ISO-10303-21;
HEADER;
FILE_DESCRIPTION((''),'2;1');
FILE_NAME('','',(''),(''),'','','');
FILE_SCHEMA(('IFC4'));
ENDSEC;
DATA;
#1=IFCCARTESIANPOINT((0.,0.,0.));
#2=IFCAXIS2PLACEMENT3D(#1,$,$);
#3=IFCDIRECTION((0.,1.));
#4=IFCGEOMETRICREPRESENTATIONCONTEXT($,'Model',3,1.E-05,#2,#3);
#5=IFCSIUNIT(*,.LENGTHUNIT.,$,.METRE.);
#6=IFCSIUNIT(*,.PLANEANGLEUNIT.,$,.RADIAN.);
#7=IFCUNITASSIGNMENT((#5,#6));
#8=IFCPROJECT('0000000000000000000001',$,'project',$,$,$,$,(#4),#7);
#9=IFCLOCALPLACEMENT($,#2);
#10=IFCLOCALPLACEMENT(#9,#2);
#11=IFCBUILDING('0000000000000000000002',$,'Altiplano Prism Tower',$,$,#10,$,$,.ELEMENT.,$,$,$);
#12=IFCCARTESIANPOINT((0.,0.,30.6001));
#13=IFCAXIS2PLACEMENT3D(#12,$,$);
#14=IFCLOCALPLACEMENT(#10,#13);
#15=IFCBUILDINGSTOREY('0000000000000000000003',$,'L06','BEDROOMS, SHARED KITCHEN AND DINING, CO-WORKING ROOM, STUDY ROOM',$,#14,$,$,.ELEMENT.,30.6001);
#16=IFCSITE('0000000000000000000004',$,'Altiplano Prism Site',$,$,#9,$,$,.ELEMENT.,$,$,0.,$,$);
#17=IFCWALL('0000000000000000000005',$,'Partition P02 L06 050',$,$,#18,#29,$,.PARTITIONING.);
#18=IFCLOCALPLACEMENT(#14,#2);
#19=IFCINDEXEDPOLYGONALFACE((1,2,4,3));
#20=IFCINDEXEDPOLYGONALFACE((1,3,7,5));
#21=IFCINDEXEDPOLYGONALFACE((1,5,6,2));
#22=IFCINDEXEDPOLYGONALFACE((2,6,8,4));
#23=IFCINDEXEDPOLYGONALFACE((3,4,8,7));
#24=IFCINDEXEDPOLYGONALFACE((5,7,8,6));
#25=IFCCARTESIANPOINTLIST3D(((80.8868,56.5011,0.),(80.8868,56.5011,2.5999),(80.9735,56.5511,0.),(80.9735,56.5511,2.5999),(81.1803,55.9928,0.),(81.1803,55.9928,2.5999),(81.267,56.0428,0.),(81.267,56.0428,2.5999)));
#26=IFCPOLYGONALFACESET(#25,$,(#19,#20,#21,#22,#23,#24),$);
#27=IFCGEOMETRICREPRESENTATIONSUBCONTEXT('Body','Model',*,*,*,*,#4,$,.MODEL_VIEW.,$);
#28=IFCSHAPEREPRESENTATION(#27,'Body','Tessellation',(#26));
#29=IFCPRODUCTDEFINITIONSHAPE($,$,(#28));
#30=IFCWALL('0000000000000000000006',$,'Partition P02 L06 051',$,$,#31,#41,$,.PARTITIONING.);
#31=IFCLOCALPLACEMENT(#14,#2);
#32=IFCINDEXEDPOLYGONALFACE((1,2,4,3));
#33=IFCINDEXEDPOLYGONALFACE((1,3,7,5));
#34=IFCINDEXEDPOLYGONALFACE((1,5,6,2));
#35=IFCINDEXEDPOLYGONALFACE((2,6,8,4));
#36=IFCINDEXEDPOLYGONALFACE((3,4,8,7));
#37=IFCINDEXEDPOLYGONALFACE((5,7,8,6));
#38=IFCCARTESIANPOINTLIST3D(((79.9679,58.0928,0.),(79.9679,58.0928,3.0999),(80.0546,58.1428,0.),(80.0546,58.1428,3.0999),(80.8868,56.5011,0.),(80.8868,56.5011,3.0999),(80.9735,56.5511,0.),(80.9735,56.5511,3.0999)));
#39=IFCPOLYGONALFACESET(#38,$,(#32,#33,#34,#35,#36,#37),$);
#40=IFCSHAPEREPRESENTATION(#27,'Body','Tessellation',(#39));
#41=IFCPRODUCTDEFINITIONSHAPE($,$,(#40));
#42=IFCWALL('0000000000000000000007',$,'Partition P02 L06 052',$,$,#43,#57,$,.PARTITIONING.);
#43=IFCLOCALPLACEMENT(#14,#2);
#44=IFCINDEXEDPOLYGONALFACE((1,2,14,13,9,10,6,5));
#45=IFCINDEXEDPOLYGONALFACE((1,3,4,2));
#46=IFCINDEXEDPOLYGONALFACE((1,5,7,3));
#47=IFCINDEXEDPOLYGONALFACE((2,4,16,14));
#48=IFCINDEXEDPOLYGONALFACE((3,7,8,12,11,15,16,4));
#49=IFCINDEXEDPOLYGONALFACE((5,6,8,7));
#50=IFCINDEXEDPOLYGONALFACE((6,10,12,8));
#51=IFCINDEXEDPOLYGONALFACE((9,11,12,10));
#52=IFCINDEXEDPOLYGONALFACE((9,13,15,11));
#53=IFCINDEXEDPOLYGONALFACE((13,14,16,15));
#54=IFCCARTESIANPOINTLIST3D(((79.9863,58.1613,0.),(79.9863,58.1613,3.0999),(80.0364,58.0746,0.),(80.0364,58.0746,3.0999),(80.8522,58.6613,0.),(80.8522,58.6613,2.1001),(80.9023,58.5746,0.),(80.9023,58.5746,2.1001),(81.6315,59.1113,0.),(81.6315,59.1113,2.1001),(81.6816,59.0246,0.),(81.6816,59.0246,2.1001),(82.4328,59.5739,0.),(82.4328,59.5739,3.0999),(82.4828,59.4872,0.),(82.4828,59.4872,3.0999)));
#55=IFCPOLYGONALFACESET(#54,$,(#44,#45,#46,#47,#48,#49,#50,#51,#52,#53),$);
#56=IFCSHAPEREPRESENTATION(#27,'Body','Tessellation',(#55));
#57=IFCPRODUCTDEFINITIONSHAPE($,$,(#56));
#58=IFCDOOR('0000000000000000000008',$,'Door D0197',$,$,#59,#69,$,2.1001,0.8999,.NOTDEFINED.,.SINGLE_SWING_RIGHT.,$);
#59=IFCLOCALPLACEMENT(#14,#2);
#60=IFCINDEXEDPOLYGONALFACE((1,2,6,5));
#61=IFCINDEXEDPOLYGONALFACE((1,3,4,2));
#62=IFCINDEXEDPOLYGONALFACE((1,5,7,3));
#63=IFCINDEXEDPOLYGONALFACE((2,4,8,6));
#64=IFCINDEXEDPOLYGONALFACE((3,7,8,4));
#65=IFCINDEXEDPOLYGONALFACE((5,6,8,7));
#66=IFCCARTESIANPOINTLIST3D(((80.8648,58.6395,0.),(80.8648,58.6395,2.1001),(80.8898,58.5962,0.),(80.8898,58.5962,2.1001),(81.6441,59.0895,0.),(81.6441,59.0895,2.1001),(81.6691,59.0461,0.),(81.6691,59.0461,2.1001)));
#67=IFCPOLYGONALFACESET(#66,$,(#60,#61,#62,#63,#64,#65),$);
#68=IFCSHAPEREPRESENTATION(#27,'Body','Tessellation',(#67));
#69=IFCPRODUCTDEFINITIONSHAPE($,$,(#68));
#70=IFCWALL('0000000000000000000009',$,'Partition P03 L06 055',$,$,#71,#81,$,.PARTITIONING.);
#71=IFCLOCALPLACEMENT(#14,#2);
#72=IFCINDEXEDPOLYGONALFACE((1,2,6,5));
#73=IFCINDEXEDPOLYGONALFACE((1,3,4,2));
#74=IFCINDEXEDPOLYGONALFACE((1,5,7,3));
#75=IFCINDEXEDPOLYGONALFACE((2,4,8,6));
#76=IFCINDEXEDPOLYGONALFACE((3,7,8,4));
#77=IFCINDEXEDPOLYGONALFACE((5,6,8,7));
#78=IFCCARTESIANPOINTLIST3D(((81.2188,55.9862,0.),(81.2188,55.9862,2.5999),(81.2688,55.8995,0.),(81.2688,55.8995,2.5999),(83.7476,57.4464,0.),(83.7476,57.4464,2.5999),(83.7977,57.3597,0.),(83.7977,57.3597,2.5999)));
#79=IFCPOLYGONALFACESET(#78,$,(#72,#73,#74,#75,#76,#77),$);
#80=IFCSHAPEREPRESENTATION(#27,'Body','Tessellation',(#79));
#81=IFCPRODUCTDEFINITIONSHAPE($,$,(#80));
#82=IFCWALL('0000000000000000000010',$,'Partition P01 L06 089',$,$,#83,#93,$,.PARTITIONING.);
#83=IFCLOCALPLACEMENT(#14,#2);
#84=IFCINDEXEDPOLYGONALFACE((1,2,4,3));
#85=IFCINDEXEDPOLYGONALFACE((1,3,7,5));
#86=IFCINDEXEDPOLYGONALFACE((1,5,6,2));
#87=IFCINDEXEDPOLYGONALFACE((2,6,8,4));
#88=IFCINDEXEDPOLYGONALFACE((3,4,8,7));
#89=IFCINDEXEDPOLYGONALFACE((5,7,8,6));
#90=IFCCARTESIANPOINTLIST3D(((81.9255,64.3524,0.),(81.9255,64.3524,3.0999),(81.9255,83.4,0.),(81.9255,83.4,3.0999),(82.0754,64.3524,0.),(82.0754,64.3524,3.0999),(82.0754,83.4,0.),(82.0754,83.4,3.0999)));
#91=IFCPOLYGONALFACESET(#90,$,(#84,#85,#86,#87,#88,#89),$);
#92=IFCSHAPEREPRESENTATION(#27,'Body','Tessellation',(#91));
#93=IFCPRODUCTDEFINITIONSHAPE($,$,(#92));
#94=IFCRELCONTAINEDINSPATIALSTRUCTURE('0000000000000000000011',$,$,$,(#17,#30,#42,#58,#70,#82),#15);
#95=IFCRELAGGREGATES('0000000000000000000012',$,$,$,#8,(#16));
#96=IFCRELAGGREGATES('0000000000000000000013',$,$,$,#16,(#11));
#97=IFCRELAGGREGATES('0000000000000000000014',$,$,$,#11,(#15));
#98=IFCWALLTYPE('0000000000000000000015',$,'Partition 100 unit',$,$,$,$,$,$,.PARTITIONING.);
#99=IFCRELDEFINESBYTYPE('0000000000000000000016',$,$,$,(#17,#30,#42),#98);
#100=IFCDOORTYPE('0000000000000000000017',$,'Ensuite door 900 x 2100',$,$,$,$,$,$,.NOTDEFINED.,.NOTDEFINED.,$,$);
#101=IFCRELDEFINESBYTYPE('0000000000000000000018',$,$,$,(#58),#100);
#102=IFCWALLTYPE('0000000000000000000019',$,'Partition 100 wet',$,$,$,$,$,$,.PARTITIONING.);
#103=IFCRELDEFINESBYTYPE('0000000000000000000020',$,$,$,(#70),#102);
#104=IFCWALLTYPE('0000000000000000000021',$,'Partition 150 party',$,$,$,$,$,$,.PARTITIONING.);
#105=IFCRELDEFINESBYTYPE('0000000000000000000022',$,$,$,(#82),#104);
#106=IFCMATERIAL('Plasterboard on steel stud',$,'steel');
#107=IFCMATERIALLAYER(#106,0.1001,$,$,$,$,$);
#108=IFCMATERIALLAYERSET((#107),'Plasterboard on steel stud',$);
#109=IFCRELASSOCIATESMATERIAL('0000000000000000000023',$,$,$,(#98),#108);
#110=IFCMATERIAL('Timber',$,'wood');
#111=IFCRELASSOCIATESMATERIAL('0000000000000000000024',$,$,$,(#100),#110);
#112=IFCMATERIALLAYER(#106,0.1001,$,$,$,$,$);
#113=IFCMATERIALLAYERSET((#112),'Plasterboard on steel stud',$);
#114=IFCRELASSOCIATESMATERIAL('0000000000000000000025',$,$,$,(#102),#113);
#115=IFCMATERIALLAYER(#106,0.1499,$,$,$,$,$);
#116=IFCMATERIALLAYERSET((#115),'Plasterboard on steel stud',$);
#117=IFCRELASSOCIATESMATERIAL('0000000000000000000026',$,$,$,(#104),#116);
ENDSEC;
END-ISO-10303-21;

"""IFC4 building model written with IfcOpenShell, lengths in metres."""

from ifc_helpers import new_model, si_unit, direction, frame, frame_2d, origin, place, context, subcontext, project, spatial, rectangle, extrude, material, layer, layer_set, type_object, element, fill, save


model = new_model("IFC4")

# Units and contexts
model_context = context("Model", 3, precision=1e-05, world=origin(), true_north=direction((0.0, 1.0)))
body_context = subcontext(model_context, "Body", "Model", "MODEL_VIEW")
ifc_project = project(units=[si_unit("LENGTHUNIT", "METRE"), si_unit("PLANEANGLEUNIT", "RADIAN")], contexts=[model_context])

# Site, building, storey
site_placement = place(None, origin())
site = spatial("IfcSite", under=ifc_project, at=site_placement, Name="Altiplano Prism Site", CompositionType="ELEMENT", RefElevation=0.0)
building_placement = place(site_placement, origin())
building = spatial("IfcBuilding", under=site, at=building_placement, Name="Altiplano Prism Tower", CompositionType="ELEMENT")
storey_placement = place(building_placement, frame((0.0, 0.0, 30.6001)))
storey = spatial("IfcBuildingStorey", under=building, at=storey_placement, Name="L06", Description="BEDROOMS, SHARED KITCHEN AND DINING, CO-WORKING ROOM, STUDY ROOM", CompositionType="ELEMENT", Elevation=30.6001)

# Walls
ifc_material_1 = material(Name="Plasterboard on steel stud", Category="steel")
ifc_layer_1 = layer(ifc_material_1, 0.1001)
ifc_layer_set_1 = layer_set([ifc_layer_1], Name="Plasterboard on steel stud")
wall_type_1 = type_object("IfcWallType", Name="Partition 100 unit", PredefinedType="PARTITIONING", material=ifc_layer_set_1)
wall_1_placement = place(storey_placement, frame((81.2236, 56.0178, 0.0), z_axis=(0.0, 0.0, 1.0), x_axis=(-0.499987, 0.866033, 0.0)))
element("IfcWall", 1, at=wall_1_placement, inside=storey, type_object=wall_type_1, Name="Partition P02 L06 050", PredefinedType="PARTITIONING", context=body_context, shape_type="SweptSolid", body=[
    extrude(rectangle(XDim=0.5869, YDim=0.1001, at=frame_2d((0.2935, 0.0))), origin(), (0.0, 0.0, 1.0), 2.5999),
])
wall_2_placement = place(storey_placement, frame((80.9302, 56.5261, 0.0), z_axis=(0.0, 0.0, 1.0), x_axis=(-0.499968, 0.866044, 0.0)))
element("IfcWall", 2, at=wall_2_placement, inside=storey, type_object=wall_type_1, Name="Partition P02 L06 051", PredefinedType="PARTITIONING", context=body_context, shape_type="SweptSolid", body=[
    extrude(rectangle(XDim=1.8379, YDim=0.1001, at=frame_2d((0.9189, 0.0))), origin(), (0.0, 0.0, 1.0), 3.0999),
])

# Wall, opening, door
wall_3_placement = place(storey_placement, frame((80.0112, 58.1179, 0.0), z_axis=(0.0, 0.0, 1.0), x_axis=(0.866011, 0.500024, 0.0)))
wall_3 = element("IfcWall", 3, at=wall_3_placement, inside=storey, type_object=wall_type_1, Name="Partition P02 L06 052", PredefinedType="PARTITIONING", context=body_context, shape_type="SweptSolid", body=[
    extrude(rectangle(XDim=2.825, YDim=0.1001, at=frame_2d((1.4126, 0.0))), origin(), (0.0, 0.0, 1.0), 3.0999),
])
opening_placement = place(wall_3_placement, frame((1.0, 0.0, 0.0)))
opening = element("IfcOpeningElement", 4, at=opening_placement, cuts=wall_3, PredefinedType="OPENING", context=body_context, shape_type="SweptSolid", body=[
    extrude(rectangle(XDim=0.8999, YDim=2.1001, at=frame_2d((0.45, 1.05))), frame((0.0, 0.0605, 0.0), z_axis=(0.0, -1.0, 0.0), x_axis=(1.0, 0.0, 0.0)), (0.0, 0.0, 1.0), 0.1211),
])
ifc_material_2 = material(Name="Timber", Category="wood")
door_type = type_object("IfcDoorType", Name="Ensuite door 900 x 2100", OperationType="NOTDEFINED", PredefinedType="NOTDEFINED", material=ifc_material_2)
door_placement = place(opening_placement, origin())
door = element("IfcDoor", 5, at=door_placement, inside=storey, type_object=door_type, Name="Door D0197", OperationType="SINGLE_SWING_RIGHT", OverallHeight=2.1001, OverallWidth=0.8999, PredefinedType="NOTDEFINED", context=body_context, shape_type="SweptSolid", body=[
    extrude(rectangle(XDim=0.8999, YDim=2.1001, at=frame_2d((0.45, 1.05))), frame((0.0, 0.0249, 0.0), z_axis=(0.0, -1.0, 0.0), x_axis=(1.0, 0.0, 0.0)), (0.0, 0.0, 1.0), 0.05),
])
fill(opening, door)

# Walls
ifc_layer_2 = layer(ifc_material_1, 0.1001)
ifc_layer_set_2 = layer_set([ifc_layer_2], Name="Plasterboard on steel stud")
wall_type_2 = type_object("IfcWallType", Name="Partition 100 wet", PredefinedType="PARTITIONING", material=ifc_layer_set_2)
wall_4_placement = place(storey_placement, frame((81.2439, 55.9429, 0.0), z_axis=(0.0, 0.0, 1.0), x_axis=(0.865996, 0.500051, 0.0)))
element("IfcWall", 6, at=wall_4_placement, inside=storey, type_object=wall_type_2, Name="Partition P03 L06 055", PredefinedType="PARTITIONING", context=body_context, shape_type="SweptSolid", body=[
    extrude(rectangle(XDim=2.9202, YDim=0.1001, at=frame_2d((1.46, 0.0))), origin(), (0.0, 0.0, 1.0), 2.5999),
])
ifc_layer_3 = layer(ifc_material_1, 0.1499)
ifc_layer_set_3 = layer_set([ifc_layer_3], Name="Plasterboard on steel stud")
wall_type_3 = type_object("IfcWallType", Name="Partition 150 party", PredefinedType="PARTITIONING", material=ifc_layer_set_3)
wall_5_placement = place(storey_placement, frame((82.0005, 64.3523, 0.0), z_axis=(0.0, 0.0, 1.0), x_axis=(0.0, 1.0, 0.0)))
element("IfcWall", 7, at=wall_5_placement, inside=storey, type_object=wall_type_3, Name="Partition P01 L06 089", PredefinedType="PARTITIONING", context=body_context, shape_type="SweptSolid", body=[
    extrude(rectangle(XDim=19.0476, YDim=0.1499, at=frame_2d((9.5239, 0.0))), origin(), (0.0, 0.0, 1.0), 3.0999),
])

save(model, "model.ifc")
